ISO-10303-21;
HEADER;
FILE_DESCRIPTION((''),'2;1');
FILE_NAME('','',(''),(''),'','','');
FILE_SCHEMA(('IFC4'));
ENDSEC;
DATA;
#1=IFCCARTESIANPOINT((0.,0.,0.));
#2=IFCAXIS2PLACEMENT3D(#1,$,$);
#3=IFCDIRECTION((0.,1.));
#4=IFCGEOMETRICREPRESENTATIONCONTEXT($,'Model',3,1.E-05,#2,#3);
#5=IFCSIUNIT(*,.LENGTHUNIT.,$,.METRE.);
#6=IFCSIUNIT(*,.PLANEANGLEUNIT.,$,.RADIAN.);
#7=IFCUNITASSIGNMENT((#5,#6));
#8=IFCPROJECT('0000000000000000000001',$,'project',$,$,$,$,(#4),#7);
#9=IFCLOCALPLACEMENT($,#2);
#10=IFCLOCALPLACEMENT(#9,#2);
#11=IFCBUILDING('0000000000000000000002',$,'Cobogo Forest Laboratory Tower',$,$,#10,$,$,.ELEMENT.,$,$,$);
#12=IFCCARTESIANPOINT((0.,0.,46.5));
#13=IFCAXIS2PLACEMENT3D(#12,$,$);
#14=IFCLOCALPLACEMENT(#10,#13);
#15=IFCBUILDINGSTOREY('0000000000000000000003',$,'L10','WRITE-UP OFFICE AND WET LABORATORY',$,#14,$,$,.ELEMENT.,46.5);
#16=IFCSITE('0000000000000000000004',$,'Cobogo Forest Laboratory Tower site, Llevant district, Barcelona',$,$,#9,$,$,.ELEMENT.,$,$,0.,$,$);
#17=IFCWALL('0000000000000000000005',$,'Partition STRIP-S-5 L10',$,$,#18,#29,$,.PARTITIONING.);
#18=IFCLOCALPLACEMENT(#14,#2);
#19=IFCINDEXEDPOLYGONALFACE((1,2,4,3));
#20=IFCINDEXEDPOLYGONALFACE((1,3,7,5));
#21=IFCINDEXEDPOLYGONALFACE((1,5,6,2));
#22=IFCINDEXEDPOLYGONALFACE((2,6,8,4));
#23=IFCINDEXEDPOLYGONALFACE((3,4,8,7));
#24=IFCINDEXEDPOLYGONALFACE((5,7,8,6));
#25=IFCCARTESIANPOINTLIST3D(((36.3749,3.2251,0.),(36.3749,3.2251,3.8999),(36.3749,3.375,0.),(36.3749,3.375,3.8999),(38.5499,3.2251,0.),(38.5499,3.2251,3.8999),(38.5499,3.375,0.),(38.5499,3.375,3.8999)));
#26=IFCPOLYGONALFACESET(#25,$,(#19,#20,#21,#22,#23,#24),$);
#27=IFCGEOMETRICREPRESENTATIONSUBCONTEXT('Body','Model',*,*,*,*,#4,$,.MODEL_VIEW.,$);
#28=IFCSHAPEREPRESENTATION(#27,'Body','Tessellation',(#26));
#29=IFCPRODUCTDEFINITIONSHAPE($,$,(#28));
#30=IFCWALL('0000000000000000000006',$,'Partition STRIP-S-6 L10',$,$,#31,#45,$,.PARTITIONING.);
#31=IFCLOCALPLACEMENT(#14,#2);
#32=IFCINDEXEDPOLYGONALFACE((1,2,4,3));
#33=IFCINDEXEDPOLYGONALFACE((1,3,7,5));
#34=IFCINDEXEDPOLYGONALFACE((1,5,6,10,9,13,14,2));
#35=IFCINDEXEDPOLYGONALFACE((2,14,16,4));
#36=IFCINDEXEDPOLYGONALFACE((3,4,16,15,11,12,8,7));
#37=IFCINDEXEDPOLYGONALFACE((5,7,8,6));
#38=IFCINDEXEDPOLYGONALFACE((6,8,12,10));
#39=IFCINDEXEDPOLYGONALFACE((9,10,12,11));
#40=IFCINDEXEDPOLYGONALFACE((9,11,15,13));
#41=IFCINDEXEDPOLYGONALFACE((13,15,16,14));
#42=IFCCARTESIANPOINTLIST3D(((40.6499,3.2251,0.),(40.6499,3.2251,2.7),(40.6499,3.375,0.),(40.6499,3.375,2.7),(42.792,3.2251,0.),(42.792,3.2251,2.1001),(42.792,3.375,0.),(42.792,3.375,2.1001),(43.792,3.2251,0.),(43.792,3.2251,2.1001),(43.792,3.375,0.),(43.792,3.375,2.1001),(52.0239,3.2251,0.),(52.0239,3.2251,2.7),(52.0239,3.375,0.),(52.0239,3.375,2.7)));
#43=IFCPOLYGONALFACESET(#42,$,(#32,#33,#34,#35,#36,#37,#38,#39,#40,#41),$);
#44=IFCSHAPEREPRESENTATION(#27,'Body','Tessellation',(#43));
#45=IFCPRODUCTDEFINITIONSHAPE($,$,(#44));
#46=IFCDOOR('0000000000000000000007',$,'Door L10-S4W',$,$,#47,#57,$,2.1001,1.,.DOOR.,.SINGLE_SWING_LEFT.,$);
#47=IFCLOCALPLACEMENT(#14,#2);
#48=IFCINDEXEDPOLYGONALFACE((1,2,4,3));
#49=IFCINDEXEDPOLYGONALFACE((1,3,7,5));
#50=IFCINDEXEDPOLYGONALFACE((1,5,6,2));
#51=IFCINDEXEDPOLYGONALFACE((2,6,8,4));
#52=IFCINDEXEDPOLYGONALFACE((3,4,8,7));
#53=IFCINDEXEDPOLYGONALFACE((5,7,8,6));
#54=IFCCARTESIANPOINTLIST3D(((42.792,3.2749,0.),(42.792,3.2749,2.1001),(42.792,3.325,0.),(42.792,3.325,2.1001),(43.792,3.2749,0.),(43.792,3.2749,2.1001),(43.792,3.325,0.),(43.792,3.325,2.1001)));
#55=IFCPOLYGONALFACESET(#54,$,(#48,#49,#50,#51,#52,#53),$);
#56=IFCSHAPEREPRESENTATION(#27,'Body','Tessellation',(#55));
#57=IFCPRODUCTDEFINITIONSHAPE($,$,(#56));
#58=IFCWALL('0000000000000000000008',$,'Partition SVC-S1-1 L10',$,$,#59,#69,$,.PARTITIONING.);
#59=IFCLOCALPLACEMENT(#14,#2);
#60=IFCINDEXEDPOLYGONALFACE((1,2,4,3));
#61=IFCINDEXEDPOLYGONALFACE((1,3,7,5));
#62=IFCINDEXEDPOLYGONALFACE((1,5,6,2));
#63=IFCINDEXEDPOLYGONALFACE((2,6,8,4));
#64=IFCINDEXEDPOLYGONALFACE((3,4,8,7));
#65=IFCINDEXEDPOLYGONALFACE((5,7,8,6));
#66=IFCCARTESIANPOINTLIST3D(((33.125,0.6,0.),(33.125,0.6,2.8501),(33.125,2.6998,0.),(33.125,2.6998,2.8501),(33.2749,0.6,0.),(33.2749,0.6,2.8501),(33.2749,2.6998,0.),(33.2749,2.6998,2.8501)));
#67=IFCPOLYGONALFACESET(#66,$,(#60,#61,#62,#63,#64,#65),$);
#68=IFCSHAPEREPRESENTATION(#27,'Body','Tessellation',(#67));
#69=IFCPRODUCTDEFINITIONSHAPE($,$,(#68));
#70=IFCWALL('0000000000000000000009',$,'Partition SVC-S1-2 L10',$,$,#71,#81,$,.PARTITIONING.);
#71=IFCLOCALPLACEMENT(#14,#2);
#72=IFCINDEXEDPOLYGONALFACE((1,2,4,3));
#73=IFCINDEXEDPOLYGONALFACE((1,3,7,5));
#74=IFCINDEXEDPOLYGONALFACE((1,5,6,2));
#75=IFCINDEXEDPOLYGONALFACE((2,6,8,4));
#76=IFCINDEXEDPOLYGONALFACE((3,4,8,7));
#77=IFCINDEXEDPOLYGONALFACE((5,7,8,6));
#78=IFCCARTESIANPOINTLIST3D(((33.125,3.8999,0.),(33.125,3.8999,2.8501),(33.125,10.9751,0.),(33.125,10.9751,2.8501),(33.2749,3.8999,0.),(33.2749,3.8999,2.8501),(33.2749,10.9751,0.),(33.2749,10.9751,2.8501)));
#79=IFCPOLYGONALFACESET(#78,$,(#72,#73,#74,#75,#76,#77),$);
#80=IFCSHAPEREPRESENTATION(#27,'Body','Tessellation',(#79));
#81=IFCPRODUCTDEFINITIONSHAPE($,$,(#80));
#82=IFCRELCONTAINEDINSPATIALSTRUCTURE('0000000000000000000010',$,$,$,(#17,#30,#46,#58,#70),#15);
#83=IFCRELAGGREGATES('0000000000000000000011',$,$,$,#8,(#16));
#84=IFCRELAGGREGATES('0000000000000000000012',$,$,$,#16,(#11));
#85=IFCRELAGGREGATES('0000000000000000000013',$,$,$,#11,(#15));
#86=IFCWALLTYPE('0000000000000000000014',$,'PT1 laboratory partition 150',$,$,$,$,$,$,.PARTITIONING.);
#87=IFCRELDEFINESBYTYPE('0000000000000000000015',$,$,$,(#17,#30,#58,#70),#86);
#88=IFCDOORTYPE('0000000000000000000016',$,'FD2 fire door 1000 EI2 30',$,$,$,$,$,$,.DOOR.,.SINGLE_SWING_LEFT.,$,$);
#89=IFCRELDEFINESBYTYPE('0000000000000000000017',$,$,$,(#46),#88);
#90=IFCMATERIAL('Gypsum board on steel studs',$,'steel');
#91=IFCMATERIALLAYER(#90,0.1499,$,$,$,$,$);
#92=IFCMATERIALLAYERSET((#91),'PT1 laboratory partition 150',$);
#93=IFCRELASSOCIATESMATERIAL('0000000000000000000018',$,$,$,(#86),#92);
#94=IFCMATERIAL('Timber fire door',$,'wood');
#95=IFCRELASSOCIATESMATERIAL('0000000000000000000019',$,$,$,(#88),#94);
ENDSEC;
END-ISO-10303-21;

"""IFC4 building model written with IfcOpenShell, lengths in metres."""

from ifc_helpers import new_model, si_unit, direction, frame, frame_2d, origin, place, context, subcontext, project, spatial, rectangle, extrude, material, layer, layer_set, type_object, element, fill, save


model = new_model("IFC4")

# Units and contexts
model_context = context("Model", 3, precision=1e-05, world=origin(), true_north=direction((0.0, 1.0)))
body_context = subcontext(model_context, "Body", "Model", "MODEL_VIEW")
ifc_project = project(units=[si_unit("LENGTHUNIT", "METRE"), si_unit("PLANEANGLEUNIT", "RADIAN")], contexts=[model_context])

# Site, building, storey
site_placement = place(None, origin())
site = spatial("IfcSite", under=ifc_project, at=site_placement, Name="Cobogo Forest Laboratory Tower site, Llevant district, Barcelona", CompositionType="ELEMENT", RefElevation=0.0)
building_placement = place(site_placement, origin())
building = spatial("IfcBuilding", under=site, at=building_placement, Name="Cobogo Forest Laboratory Tower", CompositionType="ELEMENT")
storey_placement = place(building_placement, frame((0.0, 0.0, 46.5)))
storey = spatial("IfcBuildingStorey", under=building, at=storey_placement, Name="L10", Description="WRITE-UP OFFICE AND WET LABORATORY", CompositionType="ELEMENT", Elevation=46.5)

# Wall
ifc_material_1 = material(Name="Gypsum board on steel studs", Category="steel")
ifc_layer_1 = layer(ifc_material_1, 0.1499)
ifc_layer_set_1 = layer_set([ifc_layer_1], Name="PT1 laboratory partition 150")
wall_type_1 = type_object("IfcWallType", Name="PT1 laboratory partition 150", PredefinedType="PARTITIONING", material=ifc_layer_set_1)
wall_1_placement = place(storey_placement, frame((36.375, 3.3, 0.0), z_axis=(0.0, 0.0, 1.0), x_axis=(1.0, 0.0, 0.0)))
element("IfcWall", 1, at=wall_1_placement, inside=storey, type_object=wall_type_1, Name="Partition STRIP-S-5 L10", PredefinedType="PARTITIONING", context=body_context, shape_type="SweptSolid", body=[
    extrude(rectangle(XDim=2.175, YDim=0.1499, at=frame_2d((1.0874, 0.0))), origin(), (0.0, 0.0, 1.0), 3.8999),
])

# Wall, opening, door
wall_2_placement = place(storey_placement, frame((40.6499, 3.3, 0.0), z_axis=(0.0, 0.0, 1.0), x_axis=(1.0, 0.0, 0.0)))
wall_2 = element("IfcWall", 2, at=wall_2_placement, inside=storey, type_object=wall_type_1, Name="Partition STRIP-S-6 L10", PredefinedType="PARTITIONING", context=body_context, shape_type="SweptSolid", body=[
    extrude(rectangle(XDim=11.374, YDim=0.1499, at=frame_2d((5.687, 0.0))), origin(), (0.0, 0.0, 1.0), 2.7),
])
opening_1_placement = place(wall_2_placement, frame((2.1421, 0.0, 0.0)))
opening_1 = element("IfcOpeningElement", 3, at=opening_1_placement, cuts=wall_2, PredefinedType="OPENING", context=body_context, shape_type="SweptSolid", body=[
    extrude(rectangle(XDim=1.0, YDim=2.1001, at=frame_2d((0.5, 1.05))), frame((0.0, 0.085, 0.0), z_axis=(0.0, -1.0, 0.0), x_axis=(1.0, 0.0, 0.0)), (0.0, 0.0, 1.0), 0.1699),
])
ifc_material_2 = material(Name="Timber fire door", Category="wood")
door_type_1 = type_object("IfcDoorType", Name="FD2 fire door 1000 EI2 30", OperationType="SINGLE_SWING_LEFT", PredefinedType="DOOR", material=ifc_material_2)
door_1_placement = place(opening_1_placement, origin())
door_1 = element("IfcDoor", 4, at=door_1_placement, inside=storey, type_object=door_type_1, Name="Door L10-S4W", OperationType="SINGLE_SWING_LEFT", OverallHeight=2.1001, OverallWidth=1.0, PredefinedType="DOOR", context=body_context, shape_type="SweptSolid", body=[
    extrude(rectangle(XDim=1.0, YDim=2.1001, at=frame_2d((0.5, 1.05))), frame((0.0, 0.0249, 0.0), z_axis=(0.0, -1.0, 0.0), x_axis=(1.0, 0.0, 0.0)), (0.0, 0.0, 1.0), 0.05),
])
fill(opening_1, door_1)

# Walls
wall_3_placement = place(storey_placement, frame((33.2, 0.6001, 0.0), z_axis=(0.0, 0.0, 1.0), x_axis=(0.0, 1.0, 0.0)))
element("IfcWall", 5, at=wall_3_placement, inside=storey, type_object=wall_type_1, Name="Partition SVC-S1-1 L10", PredefinedType="PARTITIONING", context=body_context, shape_type="SweptSolid", body=[
    extrude(rectangle(XDim=2.0999, YDim=0.1499, at=frame_2d((1.0498, 0.0))), origin(), (0.0, 0.0, 1.0), 2.8501),
])
wall_4_placement = place(storey_placement, frame((33.2, 3.8999, 0.0), z_axis=(0.0, 0.0, 1.0), x_axis=(0.0, 1.0, 0.0)))
element("IfcWall", 6, at=wall_4_placement, inside=storey, type_object=wall_type_1, Name="Partition SVC-S1-2 L10", PredefinedType="PARTITIONING", context=body_context, shape_type="SweptSolid", body=[
    extrude(rectangle(XDim=7.0752, YDim=0.1499, at=frame_2d((3.5376, 0.0))), origin(), (0.0, 0.0, 1.0), 2.8501),
])

save(model, "model.ifc")
